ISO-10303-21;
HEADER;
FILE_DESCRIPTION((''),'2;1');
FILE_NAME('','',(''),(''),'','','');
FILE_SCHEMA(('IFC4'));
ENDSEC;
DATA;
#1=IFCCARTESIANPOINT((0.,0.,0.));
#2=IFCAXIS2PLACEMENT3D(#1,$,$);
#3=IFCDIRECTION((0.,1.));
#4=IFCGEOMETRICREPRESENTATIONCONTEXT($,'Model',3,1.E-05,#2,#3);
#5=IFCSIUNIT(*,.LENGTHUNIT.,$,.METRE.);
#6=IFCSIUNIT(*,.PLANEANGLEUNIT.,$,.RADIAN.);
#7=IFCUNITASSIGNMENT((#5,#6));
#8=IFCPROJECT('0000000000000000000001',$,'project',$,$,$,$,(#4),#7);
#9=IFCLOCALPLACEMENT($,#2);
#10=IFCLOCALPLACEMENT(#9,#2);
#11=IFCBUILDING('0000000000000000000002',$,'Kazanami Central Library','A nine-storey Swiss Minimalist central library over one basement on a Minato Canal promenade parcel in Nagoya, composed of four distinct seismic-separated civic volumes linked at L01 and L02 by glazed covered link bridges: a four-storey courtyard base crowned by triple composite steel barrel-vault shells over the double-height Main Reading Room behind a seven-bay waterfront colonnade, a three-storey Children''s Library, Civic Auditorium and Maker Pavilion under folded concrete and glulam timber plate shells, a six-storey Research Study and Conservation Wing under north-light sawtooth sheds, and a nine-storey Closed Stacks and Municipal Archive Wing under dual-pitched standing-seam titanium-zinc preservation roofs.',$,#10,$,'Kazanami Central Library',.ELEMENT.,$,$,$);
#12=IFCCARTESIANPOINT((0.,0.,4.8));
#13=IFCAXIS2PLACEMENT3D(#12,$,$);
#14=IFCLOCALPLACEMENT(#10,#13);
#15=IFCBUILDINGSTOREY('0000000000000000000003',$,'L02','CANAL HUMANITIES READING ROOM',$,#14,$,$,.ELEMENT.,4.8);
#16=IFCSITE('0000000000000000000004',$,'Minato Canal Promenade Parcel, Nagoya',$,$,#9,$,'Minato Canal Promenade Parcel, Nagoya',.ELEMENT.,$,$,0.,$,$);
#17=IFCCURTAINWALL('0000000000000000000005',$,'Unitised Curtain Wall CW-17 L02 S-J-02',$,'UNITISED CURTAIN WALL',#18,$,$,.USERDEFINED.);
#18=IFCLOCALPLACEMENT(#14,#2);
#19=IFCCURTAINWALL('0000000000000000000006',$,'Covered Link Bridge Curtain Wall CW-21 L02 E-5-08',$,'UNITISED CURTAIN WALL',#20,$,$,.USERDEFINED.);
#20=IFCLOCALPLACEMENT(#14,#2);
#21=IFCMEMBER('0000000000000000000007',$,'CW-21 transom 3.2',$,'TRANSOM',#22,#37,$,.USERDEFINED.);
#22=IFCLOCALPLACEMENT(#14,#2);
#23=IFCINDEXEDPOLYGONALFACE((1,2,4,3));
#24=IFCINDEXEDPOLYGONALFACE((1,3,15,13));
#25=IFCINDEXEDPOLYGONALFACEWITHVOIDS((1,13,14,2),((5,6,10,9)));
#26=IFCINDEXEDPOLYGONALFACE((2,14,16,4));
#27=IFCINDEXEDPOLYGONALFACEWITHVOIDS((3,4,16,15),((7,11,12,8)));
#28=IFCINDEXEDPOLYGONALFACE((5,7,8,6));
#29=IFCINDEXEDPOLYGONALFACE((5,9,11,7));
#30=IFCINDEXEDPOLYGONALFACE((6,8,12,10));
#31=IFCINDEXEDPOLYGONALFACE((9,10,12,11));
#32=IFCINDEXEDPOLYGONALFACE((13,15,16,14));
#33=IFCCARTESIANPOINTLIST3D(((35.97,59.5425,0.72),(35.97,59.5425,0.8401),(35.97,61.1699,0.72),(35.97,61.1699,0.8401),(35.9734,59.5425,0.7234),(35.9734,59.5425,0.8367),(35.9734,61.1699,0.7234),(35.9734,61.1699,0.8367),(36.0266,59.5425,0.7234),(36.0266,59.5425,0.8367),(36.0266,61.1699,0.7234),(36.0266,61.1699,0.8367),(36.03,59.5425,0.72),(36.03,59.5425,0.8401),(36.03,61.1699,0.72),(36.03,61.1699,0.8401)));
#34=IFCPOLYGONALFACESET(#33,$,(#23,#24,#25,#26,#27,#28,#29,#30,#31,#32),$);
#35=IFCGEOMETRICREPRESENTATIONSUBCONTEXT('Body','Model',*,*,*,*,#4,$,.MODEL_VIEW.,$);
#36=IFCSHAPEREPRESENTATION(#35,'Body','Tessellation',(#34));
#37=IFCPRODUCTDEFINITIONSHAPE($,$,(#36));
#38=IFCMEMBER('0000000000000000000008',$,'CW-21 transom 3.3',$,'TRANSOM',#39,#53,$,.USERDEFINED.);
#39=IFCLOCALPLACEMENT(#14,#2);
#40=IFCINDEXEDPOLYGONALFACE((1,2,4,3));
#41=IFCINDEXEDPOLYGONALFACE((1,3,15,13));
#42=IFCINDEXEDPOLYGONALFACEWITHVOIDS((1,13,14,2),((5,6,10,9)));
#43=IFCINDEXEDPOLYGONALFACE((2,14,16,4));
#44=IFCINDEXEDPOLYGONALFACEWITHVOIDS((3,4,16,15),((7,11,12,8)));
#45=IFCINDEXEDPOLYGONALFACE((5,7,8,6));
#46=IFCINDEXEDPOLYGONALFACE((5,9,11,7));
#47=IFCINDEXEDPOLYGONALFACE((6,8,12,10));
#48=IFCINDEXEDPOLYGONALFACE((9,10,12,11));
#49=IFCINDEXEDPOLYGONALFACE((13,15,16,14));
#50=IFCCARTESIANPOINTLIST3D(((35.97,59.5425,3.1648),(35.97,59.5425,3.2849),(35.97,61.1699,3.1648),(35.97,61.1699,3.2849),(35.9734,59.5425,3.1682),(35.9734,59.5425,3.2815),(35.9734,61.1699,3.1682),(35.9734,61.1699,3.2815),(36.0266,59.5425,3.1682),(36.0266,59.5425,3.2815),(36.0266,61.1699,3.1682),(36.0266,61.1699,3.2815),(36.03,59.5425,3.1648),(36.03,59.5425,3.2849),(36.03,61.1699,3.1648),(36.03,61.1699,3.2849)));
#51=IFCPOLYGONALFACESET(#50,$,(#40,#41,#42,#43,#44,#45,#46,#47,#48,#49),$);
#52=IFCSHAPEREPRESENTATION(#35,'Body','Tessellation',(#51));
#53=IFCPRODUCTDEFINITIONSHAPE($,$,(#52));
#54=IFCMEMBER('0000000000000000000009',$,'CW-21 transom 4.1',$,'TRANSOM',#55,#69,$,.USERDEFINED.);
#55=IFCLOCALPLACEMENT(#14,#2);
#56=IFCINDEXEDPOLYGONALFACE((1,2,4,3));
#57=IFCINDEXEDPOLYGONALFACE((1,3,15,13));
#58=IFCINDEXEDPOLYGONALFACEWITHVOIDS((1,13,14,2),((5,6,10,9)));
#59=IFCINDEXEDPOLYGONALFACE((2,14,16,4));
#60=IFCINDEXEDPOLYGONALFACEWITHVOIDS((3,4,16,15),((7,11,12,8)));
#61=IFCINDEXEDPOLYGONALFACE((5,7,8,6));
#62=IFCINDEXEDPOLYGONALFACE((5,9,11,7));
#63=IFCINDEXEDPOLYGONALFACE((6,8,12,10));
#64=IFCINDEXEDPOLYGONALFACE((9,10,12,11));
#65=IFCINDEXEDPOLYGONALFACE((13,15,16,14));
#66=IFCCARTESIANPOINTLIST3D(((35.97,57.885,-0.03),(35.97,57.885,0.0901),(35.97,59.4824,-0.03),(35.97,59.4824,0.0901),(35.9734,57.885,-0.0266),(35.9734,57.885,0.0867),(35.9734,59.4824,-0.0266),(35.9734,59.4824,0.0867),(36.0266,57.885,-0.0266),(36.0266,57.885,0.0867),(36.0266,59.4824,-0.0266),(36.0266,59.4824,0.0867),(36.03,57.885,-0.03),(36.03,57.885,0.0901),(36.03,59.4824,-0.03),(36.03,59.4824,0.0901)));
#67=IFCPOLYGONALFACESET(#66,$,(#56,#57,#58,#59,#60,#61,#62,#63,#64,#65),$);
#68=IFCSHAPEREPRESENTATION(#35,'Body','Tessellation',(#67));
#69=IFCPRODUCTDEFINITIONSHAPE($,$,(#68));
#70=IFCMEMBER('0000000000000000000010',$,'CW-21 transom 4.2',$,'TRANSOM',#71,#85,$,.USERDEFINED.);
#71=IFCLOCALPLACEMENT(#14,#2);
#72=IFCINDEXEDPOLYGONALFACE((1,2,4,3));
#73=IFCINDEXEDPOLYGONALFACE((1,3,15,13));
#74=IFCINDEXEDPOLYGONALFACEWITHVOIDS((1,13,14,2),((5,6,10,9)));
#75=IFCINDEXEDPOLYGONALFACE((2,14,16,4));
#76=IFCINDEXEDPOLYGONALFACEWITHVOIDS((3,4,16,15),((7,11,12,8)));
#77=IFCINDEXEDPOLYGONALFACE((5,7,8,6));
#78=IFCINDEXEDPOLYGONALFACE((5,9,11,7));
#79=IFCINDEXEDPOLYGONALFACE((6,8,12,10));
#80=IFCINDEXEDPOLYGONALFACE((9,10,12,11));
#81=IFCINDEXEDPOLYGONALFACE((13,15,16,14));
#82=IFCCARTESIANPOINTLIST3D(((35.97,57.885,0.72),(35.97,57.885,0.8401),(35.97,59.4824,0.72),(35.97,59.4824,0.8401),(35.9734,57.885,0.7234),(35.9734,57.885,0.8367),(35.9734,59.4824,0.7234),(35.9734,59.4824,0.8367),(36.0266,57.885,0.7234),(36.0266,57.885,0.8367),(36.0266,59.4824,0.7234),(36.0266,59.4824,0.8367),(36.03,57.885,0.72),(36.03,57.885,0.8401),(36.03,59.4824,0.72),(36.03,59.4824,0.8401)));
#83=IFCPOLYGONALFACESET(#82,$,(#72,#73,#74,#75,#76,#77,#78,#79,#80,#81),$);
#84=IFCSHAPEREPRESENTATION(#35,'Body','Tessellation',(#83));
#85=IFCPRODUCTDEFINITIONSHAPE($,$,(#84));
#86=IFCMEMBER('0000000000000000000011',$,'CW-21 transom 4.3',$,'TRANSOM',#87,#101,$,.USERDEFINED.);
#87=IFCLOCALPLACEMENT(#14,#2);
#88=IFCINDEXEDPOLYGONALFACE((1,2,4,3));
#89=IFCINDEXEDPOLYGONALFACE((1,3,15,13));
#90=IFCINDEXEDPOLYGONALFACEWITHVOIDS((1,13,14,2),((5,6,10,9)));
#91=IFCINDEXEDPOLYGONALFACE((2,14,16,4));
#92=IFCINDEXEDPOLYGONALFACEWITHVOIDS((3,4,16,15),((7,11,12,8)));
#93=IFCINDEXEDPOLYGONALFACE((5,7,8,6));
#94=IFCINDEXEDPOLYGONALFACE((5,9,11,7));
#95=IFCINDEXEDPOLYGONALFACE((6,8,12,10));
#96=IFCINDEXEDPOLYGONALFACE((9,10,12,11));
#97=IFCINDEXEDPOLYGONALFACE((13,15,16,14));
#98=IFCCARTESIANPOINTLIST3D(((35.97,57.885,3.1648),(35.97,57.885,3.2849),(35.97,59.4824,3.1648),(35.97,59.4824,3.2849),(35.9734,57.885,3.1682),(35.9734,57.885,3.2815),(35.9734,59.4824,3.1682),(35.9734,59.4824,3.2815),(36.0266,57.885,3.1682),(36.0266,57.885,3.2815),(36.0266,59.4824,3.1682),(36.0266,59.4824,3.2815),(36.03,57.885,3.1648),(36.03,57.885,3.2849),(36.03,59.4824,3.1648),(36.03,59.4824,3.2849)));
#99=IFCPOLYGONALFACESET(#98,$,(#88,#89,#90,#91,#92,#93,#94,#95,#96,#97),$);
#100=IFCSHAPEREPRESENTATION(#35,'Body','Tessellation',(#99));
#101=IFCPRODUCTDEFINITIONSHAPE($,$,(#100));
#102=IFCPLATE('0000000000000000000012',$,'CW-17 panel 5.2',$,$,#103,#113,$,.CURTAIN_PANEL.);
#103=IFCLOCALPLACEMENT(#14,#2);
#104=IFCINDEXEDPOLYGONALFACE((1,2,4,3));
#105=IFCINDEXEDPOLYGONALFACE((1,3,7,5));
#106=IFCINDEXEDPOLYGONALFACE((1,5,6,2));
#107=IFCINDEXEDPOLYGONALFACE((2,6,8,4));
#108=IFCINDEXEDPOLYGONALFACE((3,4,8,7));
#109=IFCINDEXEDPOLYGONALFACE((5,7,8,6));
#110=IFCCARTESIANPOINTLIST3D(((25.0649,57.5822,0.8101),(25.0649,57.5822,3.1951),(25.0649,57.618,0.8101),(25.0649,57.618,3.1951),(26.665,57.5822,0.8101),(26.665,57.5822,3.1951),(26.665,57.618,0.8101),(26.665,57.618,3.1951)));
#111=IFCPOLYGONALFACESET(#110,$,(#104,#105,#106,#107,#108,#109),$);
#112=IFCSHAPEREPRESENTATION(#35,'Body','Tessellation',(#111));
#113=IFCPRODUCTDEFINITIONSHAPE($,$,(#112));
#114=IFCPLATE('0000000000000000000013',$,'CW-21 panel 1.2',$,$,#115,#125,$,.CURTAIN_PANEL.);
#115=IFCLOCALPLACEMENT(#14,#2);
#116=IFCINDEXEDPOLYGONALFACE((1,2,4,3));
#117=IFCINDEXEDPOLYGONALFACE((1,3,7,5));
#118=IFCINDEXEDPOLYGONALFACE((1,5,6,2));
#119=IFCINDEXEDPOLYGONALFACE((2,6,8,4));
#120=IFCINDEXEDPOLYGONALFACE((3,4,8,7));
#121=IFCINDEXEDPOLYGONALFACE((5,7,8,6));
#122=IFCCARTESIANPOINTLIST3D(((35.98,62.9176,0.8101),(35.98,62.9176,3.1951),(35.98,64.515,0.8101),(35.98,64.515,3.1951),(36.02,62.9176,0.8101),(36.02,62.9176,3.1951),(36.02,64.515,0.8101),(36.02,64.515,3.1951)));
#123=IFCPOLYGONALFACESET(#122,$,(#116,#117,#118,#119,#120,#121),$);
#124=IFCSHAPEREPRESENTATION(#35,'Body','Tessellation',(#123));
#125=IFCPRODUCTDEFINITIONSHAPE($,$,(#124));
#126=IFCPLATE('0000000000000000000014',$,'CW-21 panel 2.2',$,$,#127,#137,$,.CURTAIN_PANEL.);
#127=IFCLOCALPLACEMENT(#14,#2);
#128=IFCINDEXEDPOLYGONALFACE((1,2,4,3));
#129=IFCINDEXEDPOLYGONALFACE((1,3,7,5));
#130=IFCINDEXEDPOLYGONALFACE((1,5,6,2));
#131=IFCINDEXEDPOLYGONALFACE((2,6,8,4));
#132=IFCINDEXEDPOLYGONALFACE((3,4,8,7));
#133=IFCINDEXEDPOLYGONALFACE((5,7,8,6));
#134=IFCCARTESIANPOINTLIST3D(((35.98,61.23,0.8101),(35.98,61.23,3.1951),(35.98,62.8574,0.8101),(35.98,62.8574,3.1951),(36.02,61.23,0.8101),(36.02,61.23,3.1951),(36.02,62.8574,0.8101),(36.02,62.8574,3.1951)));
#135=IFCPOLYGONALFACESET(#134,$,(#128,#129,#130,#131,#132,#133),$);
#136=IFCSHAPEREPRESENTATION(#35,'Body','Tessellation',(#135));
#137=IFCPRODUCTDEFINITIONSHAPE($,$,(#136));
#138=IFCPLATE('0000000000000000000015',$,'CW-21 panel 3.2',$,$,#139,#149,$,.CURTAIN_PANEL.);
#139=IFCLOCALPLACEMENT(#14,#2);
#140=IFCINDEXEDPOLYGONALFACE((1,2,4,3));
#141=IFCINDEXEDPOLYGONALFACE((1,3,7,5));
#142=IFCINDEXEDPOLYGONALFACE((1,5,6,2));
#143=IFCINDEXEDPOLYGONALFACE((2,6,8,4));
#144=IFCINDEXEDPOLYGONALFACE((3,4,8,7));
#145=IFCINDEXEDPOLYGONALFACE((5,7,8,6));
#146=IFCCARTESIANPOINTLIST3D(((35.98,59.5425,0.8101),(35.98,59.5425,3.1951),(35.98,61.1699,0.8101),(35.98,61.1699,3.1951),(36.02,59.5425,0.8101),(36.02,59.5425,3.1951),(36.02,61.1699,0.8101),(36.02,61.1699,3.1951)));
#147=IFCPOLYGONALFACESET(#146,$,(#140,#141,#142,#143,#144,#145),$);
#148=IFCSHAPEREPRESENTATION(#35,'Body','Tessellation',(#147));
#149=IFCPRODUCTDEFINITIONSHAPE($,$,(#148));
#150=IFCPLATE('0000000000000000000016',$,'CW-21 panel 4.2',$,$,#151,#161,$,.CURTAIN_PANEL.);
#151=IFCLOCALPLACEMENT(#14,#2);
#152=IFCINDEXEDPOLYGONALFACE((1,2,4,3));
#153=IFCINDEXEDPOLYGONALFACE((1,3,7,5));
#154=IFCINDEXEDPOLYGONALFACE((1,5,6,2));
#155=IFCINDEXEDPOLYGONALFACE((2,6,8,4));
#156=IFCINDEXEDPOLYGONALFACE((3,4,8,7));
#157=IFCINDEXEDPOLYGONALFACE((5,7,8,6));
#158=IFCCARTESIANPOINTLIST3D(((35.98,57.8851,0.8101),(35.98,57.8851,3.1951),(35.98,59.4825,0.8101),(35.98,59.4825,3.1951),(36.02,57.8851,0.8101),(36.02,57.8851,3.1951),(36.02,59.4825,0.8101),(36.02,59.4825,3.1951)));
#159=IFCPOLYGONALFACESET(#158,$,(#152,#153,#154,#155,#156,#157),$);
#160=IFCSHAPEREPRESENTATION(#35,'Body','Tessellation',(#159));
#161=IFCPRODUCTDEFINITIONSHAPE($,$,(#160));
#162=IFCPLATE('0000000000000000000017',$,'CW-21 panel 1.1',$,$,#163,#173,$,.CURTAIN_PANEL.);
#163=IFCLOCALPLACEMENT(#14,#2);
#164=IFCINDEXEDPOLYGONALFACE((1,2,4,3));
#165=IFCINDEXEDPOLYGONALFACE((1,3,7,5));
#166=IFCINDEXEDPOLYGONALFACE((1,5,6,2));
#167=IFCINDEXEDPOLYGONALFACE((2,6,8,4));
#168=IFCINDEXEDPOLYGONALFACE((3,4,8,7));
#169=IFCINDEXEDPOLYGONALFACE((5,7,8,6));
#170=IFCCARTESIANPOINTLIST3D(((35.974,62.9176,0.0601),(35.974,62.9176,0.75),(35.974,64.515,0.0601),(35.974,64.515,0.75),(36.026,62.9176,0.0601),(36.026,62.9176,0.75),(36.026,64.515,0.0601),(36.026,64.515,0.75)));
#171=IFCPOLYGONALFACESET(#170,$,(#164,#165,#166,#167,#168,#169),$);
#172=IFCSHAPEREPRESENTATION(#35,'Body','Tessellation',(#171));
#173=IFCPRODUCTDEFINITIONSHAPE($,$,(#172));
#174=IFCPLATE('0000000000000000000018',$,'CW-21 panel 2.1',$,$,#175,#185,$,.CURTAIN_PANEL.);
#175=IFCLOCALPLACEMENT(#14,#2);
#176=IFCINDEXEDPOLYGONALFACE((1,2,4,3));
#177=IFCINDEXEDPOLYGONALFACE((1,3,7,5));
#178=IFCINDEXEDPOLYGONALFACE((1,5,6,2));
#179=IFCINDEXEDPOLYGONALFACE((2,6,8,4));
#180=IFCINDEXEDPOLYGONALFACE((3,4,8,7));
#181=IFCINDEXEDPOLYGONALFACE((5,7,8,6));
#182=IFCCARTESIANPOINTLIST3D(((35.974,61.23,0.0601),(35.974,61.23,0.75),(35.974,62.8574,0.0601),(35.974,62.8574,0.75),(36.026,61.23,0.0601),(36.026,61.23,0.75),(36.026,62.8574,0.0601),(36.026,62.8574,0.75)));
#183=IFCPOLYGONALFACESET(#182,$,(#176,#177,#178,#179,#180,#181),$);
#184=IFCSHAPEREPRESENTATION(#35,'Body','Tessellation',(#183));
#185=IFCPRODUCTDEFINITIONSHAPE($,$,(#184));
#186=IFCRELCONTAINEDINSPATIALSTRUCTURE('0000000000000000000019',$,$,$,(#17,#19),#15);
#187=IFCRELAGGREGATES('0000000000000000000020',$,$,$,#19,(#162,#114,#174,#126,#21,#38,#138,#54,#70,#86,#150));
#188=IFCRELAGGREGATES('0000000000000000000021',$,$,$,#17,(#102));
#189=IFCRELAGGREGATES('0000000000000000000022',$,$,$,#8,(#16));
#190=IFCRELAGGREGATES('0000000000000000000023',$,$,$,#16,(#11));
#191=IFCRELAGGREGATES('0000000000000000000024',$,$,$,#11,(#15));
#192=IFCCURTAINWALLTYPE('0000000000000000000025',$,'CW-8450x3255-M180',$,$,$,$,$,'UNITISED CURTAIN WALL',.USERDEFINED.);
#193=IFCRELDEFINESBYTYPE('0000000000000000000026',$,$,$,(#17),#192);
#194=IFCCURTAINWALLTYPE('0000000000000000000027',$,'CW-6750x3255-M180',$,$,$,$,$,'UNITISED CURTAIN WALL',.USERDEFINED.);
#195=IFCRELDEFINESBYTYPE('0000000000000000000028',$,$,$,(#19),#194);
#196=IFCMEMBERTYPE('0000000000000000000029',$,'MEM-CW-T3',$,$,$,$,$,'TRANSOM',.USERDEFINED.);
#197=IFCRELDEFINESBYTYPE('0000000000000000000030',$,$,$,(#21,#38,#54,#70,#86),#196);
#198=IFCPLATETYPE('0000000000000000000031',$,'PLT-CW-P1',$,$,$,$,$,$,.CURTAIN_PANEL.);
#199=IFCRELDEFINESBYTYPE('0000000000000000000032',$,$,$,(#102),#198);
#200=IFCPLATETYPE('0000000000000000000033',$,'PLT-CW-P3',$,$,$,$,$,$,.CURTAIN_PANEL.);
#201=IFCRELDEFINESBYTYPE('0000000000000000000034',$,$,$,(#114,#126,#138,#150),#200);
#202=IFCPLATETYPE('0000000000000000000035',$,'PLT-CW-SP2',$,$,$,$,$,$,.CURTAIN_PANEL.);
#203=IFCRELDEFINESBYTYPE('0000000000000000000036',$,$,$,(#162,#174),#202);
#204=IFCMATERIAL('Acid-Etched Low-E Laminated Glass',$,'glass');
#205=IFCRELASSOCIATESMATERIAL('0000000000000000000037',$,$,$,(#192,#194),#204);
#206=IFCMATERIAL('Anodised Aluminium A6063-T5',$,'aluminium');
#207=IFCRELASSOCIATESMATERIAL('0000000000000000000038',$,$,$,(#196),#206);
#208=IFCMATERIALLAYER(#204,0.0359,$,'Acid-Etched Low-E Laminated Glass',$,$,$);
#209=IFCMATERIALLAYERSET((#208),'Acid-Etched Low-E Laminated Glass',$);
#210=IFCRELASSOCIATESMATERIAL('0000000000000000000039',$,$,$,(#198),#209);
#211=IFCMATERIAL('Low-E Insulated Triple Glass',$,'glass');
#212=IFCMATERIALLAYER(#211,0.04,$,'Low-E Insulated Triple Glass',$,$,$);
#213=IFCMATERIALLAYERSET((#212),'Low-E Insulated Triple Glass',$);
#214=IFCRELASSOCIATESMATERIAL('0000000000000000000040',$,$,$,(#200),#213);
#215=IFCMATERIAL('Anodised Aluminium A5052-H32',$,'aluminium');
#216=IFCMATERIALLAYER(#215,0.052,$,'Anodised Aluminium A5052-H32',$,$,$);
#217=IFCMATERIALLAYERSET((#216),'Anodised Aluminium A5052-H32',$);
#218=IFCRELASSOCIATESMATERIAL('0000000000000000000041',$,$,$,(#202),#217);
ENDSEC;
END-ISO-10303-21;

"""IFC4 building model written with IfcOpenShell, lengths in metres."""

from ifc_helpers import new_model, si_unit, direction, frame, origin, origin_2d, place, context, subcontext, project, spatial, rectangle, hollow_rectangle, extrude, material, layer, layer_set, material_profile, profile_set, type_object, element, aggregate, save


model = new_model("IFC4")

# Units and contexts
model_context = context("Model", 3, precision=1e-05, world=origin(), true_north=direction((0.0, 1.0)))
body_context = subcontext(model_context, "Body", "Model", "MODEL_VIEW")
ifc_project = project(units=[si_unit("LENGTHUNIT", "METRE"), si_unit("PLANEANGLEUNIT", "RADIAN")], contexts=[model_context])

# Site, building, storey
site_placement = place(None, origin())
site = spatial("IfcSite", under=ifc_project, at=site_placement, Name="Minato Canal Promenade Parcel, Nagoya", LongName="Minato Canal Promenade Parcel, Nagoya", CompositionType="ELEMENT", RefElevation=0.0)
building_placement = place(site_placement, origin())
building = spatial("IfcBuilding", under=site, at=building_placement, Name="Kazanami Central Library", Description="A nine-storey Swiss Minimalist central library over one basement on a Minato Canal promenade parcel in Nagoya, composed of four distinct seismic-separated civic volumes linked at L01 and L02 by glazed covered link bridges: a four-storey courtyard base crowned by triple composite steel barrel-vault shells over the double-height Main Reading Room behind a seven-bay waterfront colonnade, a three-storey Children's Library, Civic Auditorium and Maker Pavilion under folded concrete and glulam timber plate shells, a six-storey Research Study and Conservation Wing under north-light sawtooth sheds, and a nine-storey Closed Stacks and Municipal Archive Wing under dual-pitched standing-seam titanium-zinc preservation roofs.", LongName="Kazanami Central Library", CompositionType="ELEMENT")
storey_placement = place(building_placement, frame((0.0, 0.0, 4.8)))
storey = spatial("IfcBuildingStorey", under=building, at=storey_placement, Name="L02", Description="CANAL HUMANITIES READING ROOM", CompositionType="ELEMENT", Elevation=4.8)

# Curtain wall
ifc_material_1 = material(Name="Acid-Etched Low-E Laminated Glass", Category="glass")
curtain_wall_type_1 = type_object("IfcCurtainWallType", Name="CW-8450x3255-M180", ElementType="UNITISED CURTAIN WALL", PredefinedType="USERDEFINED", material=ifc_material_1)
curtain_wall_1_placement = place(storey_placement, origin())
curtain_wall_1 = element("IfcCurtainWall", 1, at=curtain_wall_1_placement, inside=storey, type_object=curtain_wall_type_1, Name="Unitised Curtain Wall CW-17 L02 S-J-02", ObjectType="UNITISED CURTAIN WALL", PredefinedType="USERDEFINED")
ifc_material_2 = material(Name="Anodised Aluminium A6063-T5", Category="aluminium")

# Curtain wall
curtain_wall_type_2 = type_object("IfcCurtainWallType", Name="CW-6750x3255-M180", ElementType="UNITISED CURTAIN WALL", PredefinedType="USERDEFINED", material=ifc_material_1)
curtain_wall_2_placement = place(storey_placement, origin())
curtain_wall_2 = element("IfcCurtainWall", 2, at=curtain_wall_2_placement, inside=storey, type_object=curtain_wall_type_2, Name="Covered Link Bridge Curtain Wall CW-21 L02 E-5-08", ObjectType="UNITISED CURTAIN WALL", PredefinedType="USERDEFINED")

# Members
ifc_material_profile_1 = material_profile(ifc_material_2, hollow_rectangle(XDim=0.0601, YDim=0.1201, WallThickness=0.0034, at=origin_2d()), Name="ALU-TRAN-60x120x3.5")
ifc_profile_set_1 = profile_set([ifc_material_profile_1], Name="Anodised Aluminium A6063-T5")
member_type_1 = type_object("IfcMemberType", Name="MEM-CW-T3", ElementType="TRANSOM", PredefinedType="USERDEFINED", material=ifc_profile_set_1)
member_1_placement = place(storey_placement, frame((36.0, 61.1699, 0.78), z_axis=(0.0, -1.0, 0.0), x_axis=(1.0, 0.0, 0.0)))
member_1 = element("IfcMember", 3, at=member_1_placement, type_object=member_type_1, Name="CW-21 transom 3.2", ObjectType="TRANSOM", PredefinedType="USERDEFINED", context=body_context, shape_type="SweptSolid", body=[
    extrude(hollow_rectangle(XDim=0.0601, YDim=0.1201, WallThickness=0.0034, at=origin_2d()), origin(), (0.0, 0.0, 1.0), 1.6274),
])
member_2_placement = place(storey_placement, frame((36.0, 61.1699, 3.2249), z_axis=(0.0, -1.0, 0.0), x_axis=(1.0, 0.0, 0.0)))
member_2 = element("IfcMember", 4, at=member_2_placement, type_object=member_type_1, Name="CW-21 transom 3.3", ObjectType="TRANSOM", PredefinedType="USERDEFINED", context=body_context, shape_type="SweptSolid", body=[
    extrude(hollow_rectangle(XDim=0.0601, YDim=0.1201, WallThickness=0.0034, at=origin_2d()), origin(), (0.0, 0.0, 1.0), 1.6274),
])
member_3_placement = place(storey_placement, frame((36.0, 59.4824, 0.03), z_axis=(0.0, -1.0, 0.0), x_axis=(1.0, 0.0, 0.0)))
member_3 = element("IfcMember", 5, at=member_3_placement, type_object=member_type_1, Name="CW-21 transom 4.1", ObjectType="TRANSOM", PredefinedType="USERDEFINED", context=body_context, shape_type="SweptSolid", body=[
    extrude(hollow_rectangle(XDim=0.0601, YDim=0.1201, WallThickness=0.0034, at=origin_2d()), origin(), (0.0, 0.0, 1.0), 1.5974),
])
member_4_placement = place(storey_placement, frame((36.0, 59.4824, 0.78), z_axis=(0.0, -1.0, 0.0), x_axis=(1.0, 0.0, 0.0)))
member_4 = element("IfcMember", 6, at=member_4_placement, type_object=member_type_1, Name="CW-21 transom 4.2", ObjectType="TRANSOM", PredefinedType="USERDEFINED", context=body_context, shape_type="SweptSolid", body=[
    extrude(hollow_rectangle(XDim=0.0601, YDim=0.1201, WallThickness=0.0034, at=origin_2d()), origin(), (0.0, 0.0, 1.0), 1.5974),
])
member_5_placement = place(storey_placement, frame((36.0, 59.4824, 3.2249), z_axis=(0.0, -1.0, 0.0), x_axis=(1.0, 0.0, 0.0)))
member_5 = element("IfcMember", 7, at=member_5_placement, type_object=member_type_1, Name="CW-21 transom 4.3", ObjectType="TRANSOM", PredefinedType="USERDEFINED", context=body_context, shape_type="SweptSolid", body=[
    extrude(hollow_rectangle(XDim=0.0601, YDim=0.1201, WallThickness=0.0034, at=origin_2d()), origin(), (0.0, 0.0, 1.0), 1.5974),
])

# Plates
ifc_layer_1 = layer(ifc_material_1, 0.0359, Name="Acid-Etched Low-E Laminated Glass")
ifc_layer_set_1 = layer_set([ifc_layer_1], Name="Acid-Etched Low-E Laminated Glass")
plate_type_1 = type_object("IfcPlateType", Name="PLT-CW-P1", PredefinedType="CURTAIN_PANEL", material=ifc_layer_set_1)
plate_1_placement = place(storey_placement, frame((25.865, 57.6001, 0.8101), z_axis=(0.0, 0.0, 1.0), x_axis=(1.0, 0.0, 0.0)))
plate_1 = element("IfcPlate", 8, at=plate_1_placement, type_object=plate_type_1, Name="CW-17 panel 5.2", PredefinedType="CURTAIN_PANEL", context=body_context, shape_type="SweptSolid", body=[
    extrude(rectangle(XDim=1.6001, YDim=0.0359, at=origin_2d()), origin(), (0.0, 0.0, 1.0), 2.385),
])
ifc_material_3 = material(Name="Low-E Insulated Triple Glass", Category="glass")
ifc_layer_2 = layer(ifc_material_3, 0.04, Name="Low-E Insulated Triple Glass")
ifc_layer_set_2 = layer_set([ifc_layer_2], Name="Low-E Insulated Triple Glass")
plate_type_2 = type_object("IfcPlateType", Name="PLT-CW-P3", PredefinedType="CURTAIN_PANEL", material=ifc_layer_set_2)
plate_2_placement = place(storey_placement, frame((36.0, 63.7163, 0.8101), z_axis=(0.0, 0.0, 1.0), x_axis=(0.0, -1.0, 0.0)))
plate_2 = element("IfcPlate", 9, at=plate_2_placement, type_object=plate_type_2, Name="CW-21 panel 1.2", PredefinedType="CURTAIN_PANEL", context=body_context, shape_type="SweptSolid", body=[
    extrude(rectangle(XDim=1.5974, YDim=0.04, at=origin_2d()), origin(), (0.0, 0.0, 1.0), 2.385),
])
plate_3_placement = place(storey_placement, frame((36.0, 62.0437, 0.8101), z_axis=(0.0, 0.0, 1.0), x_axis=(0.0, -1.0, 0.0)))
plate_3 = element("IfcPlate", 10, at=plate_3_placement, type_object=plate_type_2, Name="CW-21 panel 2.2", PredefinedType="CURTAIN_PANEL", context=body_context, shape_type="SweptSolid", body=[
    extrude(rectangle(XDim=1.6274, YDim=0.04, at=origin_2d()), origin(), (0.0, 0.0, 1.0), 2.385),
])
plate_4_placement = place(storey_placement, frame((36.0, 60.3562, 0.8101), z_axis=(0.0, 0.0, 1.0), x_axis=(0.0, -1.0, 0.0)))
plate_4 = element("IfcPlate", 11, at=plate_4_placement, type_object=plate_type_2, Name="CW-21 panel 3.2", PredefinedType="CURTAIN_PANEL", context=body_context, shape_type="SweptSolid", body=[
    extrude(rectangle(XDim=1.6274, YDim=0.04, at=origin_2d()), origin(), (0.0, 0.0, 1.0), 2.385),
])
plate_5_placement = place(storey_placement, frame((36.0, 58.6838, 0.8101), z_axis=(0.0, 0.0, 1.0), x_axis=(0.0, -1.0, 0.0)))
plate_5 = element("IfcPlate", 12, at=plate_5_placement, type_object=plate_type_2, Name="CW-21 panel 4.2", PredefinedType="CURTAIN_PANEL", context=body_context, shape_type="SweptSolid", body=[
    extrude(rectangle(XDim=1.5974, YDim=0.04, at=origin_2d()), origin(), (0.0, 0.0, 1.0), 2.385),
])
ifc_material_4 = material(Name="Anodised Aluminium A5052-H32", Category="aluminium")
ifc_layer_3 = layer(ifc_material_4, 0.052, Name="Anodised Aluminium A5052-H32")
ifc_layer_set_3 = layer_set([ifc_layer_3], Name="Anodised Aluminium A5052-H32")
plate_type_3 = type_object("IfcPlateType", Name="PLT-CW-SP2", PredefinedType="CURTAIN_PANEL", material=ifc_layer_set_3)
plate_6_placement = place(storey_placement, frame((36.0, 63.7163, 0.0601), z_axis=(0.0, 0.0, 1.0), x_axis=(0.0, -1.0, 0.0)))
plate_6 = element("IfcPlate", 13, at=plate_6_placement, type_object=plate_type_3, Name="CW-21 panel 1.1", PredefinedType="CURTAIN_PANEL", context=body_context, shape_type="SweptSolid", body=[
    extrude(rectangle(XDim=1.5974, YDim=0.052, at=origin_2d()), origin(), (0.0, 0.0, 1.0), 0.6899),
])
plate_7_placement = place(storey_placement, frame((36.0, 62.0437, 0.0601), z_axis=(0.0, 0.0, 1.0), x_axis=(0.0, -1.0, 0.0)))
plate_7 = element("IfcPlate", 14, at=plate_7_placement, type_object=plate_type_3, Name="CW-21 panel 2.1", PredefinedType="CURTAIN_PANEL", context=body_context, shape_type="SweptSolid", body=[
    extrude(rectangle(XDim=1.6274, YDim=0.052, at=origin_2d()), origin(), (0.0, 0.0, 1.0), 0.6899),
])
aggregate(curtain_wall_2, [plate_6, plate_2, plate_7, plate_3, member_1, member_2, plate_4, member_3, member_4, member_5, plate_5])
aggregate(curtain_wall_1, [plate_1])

save(model, "model.ifc")
